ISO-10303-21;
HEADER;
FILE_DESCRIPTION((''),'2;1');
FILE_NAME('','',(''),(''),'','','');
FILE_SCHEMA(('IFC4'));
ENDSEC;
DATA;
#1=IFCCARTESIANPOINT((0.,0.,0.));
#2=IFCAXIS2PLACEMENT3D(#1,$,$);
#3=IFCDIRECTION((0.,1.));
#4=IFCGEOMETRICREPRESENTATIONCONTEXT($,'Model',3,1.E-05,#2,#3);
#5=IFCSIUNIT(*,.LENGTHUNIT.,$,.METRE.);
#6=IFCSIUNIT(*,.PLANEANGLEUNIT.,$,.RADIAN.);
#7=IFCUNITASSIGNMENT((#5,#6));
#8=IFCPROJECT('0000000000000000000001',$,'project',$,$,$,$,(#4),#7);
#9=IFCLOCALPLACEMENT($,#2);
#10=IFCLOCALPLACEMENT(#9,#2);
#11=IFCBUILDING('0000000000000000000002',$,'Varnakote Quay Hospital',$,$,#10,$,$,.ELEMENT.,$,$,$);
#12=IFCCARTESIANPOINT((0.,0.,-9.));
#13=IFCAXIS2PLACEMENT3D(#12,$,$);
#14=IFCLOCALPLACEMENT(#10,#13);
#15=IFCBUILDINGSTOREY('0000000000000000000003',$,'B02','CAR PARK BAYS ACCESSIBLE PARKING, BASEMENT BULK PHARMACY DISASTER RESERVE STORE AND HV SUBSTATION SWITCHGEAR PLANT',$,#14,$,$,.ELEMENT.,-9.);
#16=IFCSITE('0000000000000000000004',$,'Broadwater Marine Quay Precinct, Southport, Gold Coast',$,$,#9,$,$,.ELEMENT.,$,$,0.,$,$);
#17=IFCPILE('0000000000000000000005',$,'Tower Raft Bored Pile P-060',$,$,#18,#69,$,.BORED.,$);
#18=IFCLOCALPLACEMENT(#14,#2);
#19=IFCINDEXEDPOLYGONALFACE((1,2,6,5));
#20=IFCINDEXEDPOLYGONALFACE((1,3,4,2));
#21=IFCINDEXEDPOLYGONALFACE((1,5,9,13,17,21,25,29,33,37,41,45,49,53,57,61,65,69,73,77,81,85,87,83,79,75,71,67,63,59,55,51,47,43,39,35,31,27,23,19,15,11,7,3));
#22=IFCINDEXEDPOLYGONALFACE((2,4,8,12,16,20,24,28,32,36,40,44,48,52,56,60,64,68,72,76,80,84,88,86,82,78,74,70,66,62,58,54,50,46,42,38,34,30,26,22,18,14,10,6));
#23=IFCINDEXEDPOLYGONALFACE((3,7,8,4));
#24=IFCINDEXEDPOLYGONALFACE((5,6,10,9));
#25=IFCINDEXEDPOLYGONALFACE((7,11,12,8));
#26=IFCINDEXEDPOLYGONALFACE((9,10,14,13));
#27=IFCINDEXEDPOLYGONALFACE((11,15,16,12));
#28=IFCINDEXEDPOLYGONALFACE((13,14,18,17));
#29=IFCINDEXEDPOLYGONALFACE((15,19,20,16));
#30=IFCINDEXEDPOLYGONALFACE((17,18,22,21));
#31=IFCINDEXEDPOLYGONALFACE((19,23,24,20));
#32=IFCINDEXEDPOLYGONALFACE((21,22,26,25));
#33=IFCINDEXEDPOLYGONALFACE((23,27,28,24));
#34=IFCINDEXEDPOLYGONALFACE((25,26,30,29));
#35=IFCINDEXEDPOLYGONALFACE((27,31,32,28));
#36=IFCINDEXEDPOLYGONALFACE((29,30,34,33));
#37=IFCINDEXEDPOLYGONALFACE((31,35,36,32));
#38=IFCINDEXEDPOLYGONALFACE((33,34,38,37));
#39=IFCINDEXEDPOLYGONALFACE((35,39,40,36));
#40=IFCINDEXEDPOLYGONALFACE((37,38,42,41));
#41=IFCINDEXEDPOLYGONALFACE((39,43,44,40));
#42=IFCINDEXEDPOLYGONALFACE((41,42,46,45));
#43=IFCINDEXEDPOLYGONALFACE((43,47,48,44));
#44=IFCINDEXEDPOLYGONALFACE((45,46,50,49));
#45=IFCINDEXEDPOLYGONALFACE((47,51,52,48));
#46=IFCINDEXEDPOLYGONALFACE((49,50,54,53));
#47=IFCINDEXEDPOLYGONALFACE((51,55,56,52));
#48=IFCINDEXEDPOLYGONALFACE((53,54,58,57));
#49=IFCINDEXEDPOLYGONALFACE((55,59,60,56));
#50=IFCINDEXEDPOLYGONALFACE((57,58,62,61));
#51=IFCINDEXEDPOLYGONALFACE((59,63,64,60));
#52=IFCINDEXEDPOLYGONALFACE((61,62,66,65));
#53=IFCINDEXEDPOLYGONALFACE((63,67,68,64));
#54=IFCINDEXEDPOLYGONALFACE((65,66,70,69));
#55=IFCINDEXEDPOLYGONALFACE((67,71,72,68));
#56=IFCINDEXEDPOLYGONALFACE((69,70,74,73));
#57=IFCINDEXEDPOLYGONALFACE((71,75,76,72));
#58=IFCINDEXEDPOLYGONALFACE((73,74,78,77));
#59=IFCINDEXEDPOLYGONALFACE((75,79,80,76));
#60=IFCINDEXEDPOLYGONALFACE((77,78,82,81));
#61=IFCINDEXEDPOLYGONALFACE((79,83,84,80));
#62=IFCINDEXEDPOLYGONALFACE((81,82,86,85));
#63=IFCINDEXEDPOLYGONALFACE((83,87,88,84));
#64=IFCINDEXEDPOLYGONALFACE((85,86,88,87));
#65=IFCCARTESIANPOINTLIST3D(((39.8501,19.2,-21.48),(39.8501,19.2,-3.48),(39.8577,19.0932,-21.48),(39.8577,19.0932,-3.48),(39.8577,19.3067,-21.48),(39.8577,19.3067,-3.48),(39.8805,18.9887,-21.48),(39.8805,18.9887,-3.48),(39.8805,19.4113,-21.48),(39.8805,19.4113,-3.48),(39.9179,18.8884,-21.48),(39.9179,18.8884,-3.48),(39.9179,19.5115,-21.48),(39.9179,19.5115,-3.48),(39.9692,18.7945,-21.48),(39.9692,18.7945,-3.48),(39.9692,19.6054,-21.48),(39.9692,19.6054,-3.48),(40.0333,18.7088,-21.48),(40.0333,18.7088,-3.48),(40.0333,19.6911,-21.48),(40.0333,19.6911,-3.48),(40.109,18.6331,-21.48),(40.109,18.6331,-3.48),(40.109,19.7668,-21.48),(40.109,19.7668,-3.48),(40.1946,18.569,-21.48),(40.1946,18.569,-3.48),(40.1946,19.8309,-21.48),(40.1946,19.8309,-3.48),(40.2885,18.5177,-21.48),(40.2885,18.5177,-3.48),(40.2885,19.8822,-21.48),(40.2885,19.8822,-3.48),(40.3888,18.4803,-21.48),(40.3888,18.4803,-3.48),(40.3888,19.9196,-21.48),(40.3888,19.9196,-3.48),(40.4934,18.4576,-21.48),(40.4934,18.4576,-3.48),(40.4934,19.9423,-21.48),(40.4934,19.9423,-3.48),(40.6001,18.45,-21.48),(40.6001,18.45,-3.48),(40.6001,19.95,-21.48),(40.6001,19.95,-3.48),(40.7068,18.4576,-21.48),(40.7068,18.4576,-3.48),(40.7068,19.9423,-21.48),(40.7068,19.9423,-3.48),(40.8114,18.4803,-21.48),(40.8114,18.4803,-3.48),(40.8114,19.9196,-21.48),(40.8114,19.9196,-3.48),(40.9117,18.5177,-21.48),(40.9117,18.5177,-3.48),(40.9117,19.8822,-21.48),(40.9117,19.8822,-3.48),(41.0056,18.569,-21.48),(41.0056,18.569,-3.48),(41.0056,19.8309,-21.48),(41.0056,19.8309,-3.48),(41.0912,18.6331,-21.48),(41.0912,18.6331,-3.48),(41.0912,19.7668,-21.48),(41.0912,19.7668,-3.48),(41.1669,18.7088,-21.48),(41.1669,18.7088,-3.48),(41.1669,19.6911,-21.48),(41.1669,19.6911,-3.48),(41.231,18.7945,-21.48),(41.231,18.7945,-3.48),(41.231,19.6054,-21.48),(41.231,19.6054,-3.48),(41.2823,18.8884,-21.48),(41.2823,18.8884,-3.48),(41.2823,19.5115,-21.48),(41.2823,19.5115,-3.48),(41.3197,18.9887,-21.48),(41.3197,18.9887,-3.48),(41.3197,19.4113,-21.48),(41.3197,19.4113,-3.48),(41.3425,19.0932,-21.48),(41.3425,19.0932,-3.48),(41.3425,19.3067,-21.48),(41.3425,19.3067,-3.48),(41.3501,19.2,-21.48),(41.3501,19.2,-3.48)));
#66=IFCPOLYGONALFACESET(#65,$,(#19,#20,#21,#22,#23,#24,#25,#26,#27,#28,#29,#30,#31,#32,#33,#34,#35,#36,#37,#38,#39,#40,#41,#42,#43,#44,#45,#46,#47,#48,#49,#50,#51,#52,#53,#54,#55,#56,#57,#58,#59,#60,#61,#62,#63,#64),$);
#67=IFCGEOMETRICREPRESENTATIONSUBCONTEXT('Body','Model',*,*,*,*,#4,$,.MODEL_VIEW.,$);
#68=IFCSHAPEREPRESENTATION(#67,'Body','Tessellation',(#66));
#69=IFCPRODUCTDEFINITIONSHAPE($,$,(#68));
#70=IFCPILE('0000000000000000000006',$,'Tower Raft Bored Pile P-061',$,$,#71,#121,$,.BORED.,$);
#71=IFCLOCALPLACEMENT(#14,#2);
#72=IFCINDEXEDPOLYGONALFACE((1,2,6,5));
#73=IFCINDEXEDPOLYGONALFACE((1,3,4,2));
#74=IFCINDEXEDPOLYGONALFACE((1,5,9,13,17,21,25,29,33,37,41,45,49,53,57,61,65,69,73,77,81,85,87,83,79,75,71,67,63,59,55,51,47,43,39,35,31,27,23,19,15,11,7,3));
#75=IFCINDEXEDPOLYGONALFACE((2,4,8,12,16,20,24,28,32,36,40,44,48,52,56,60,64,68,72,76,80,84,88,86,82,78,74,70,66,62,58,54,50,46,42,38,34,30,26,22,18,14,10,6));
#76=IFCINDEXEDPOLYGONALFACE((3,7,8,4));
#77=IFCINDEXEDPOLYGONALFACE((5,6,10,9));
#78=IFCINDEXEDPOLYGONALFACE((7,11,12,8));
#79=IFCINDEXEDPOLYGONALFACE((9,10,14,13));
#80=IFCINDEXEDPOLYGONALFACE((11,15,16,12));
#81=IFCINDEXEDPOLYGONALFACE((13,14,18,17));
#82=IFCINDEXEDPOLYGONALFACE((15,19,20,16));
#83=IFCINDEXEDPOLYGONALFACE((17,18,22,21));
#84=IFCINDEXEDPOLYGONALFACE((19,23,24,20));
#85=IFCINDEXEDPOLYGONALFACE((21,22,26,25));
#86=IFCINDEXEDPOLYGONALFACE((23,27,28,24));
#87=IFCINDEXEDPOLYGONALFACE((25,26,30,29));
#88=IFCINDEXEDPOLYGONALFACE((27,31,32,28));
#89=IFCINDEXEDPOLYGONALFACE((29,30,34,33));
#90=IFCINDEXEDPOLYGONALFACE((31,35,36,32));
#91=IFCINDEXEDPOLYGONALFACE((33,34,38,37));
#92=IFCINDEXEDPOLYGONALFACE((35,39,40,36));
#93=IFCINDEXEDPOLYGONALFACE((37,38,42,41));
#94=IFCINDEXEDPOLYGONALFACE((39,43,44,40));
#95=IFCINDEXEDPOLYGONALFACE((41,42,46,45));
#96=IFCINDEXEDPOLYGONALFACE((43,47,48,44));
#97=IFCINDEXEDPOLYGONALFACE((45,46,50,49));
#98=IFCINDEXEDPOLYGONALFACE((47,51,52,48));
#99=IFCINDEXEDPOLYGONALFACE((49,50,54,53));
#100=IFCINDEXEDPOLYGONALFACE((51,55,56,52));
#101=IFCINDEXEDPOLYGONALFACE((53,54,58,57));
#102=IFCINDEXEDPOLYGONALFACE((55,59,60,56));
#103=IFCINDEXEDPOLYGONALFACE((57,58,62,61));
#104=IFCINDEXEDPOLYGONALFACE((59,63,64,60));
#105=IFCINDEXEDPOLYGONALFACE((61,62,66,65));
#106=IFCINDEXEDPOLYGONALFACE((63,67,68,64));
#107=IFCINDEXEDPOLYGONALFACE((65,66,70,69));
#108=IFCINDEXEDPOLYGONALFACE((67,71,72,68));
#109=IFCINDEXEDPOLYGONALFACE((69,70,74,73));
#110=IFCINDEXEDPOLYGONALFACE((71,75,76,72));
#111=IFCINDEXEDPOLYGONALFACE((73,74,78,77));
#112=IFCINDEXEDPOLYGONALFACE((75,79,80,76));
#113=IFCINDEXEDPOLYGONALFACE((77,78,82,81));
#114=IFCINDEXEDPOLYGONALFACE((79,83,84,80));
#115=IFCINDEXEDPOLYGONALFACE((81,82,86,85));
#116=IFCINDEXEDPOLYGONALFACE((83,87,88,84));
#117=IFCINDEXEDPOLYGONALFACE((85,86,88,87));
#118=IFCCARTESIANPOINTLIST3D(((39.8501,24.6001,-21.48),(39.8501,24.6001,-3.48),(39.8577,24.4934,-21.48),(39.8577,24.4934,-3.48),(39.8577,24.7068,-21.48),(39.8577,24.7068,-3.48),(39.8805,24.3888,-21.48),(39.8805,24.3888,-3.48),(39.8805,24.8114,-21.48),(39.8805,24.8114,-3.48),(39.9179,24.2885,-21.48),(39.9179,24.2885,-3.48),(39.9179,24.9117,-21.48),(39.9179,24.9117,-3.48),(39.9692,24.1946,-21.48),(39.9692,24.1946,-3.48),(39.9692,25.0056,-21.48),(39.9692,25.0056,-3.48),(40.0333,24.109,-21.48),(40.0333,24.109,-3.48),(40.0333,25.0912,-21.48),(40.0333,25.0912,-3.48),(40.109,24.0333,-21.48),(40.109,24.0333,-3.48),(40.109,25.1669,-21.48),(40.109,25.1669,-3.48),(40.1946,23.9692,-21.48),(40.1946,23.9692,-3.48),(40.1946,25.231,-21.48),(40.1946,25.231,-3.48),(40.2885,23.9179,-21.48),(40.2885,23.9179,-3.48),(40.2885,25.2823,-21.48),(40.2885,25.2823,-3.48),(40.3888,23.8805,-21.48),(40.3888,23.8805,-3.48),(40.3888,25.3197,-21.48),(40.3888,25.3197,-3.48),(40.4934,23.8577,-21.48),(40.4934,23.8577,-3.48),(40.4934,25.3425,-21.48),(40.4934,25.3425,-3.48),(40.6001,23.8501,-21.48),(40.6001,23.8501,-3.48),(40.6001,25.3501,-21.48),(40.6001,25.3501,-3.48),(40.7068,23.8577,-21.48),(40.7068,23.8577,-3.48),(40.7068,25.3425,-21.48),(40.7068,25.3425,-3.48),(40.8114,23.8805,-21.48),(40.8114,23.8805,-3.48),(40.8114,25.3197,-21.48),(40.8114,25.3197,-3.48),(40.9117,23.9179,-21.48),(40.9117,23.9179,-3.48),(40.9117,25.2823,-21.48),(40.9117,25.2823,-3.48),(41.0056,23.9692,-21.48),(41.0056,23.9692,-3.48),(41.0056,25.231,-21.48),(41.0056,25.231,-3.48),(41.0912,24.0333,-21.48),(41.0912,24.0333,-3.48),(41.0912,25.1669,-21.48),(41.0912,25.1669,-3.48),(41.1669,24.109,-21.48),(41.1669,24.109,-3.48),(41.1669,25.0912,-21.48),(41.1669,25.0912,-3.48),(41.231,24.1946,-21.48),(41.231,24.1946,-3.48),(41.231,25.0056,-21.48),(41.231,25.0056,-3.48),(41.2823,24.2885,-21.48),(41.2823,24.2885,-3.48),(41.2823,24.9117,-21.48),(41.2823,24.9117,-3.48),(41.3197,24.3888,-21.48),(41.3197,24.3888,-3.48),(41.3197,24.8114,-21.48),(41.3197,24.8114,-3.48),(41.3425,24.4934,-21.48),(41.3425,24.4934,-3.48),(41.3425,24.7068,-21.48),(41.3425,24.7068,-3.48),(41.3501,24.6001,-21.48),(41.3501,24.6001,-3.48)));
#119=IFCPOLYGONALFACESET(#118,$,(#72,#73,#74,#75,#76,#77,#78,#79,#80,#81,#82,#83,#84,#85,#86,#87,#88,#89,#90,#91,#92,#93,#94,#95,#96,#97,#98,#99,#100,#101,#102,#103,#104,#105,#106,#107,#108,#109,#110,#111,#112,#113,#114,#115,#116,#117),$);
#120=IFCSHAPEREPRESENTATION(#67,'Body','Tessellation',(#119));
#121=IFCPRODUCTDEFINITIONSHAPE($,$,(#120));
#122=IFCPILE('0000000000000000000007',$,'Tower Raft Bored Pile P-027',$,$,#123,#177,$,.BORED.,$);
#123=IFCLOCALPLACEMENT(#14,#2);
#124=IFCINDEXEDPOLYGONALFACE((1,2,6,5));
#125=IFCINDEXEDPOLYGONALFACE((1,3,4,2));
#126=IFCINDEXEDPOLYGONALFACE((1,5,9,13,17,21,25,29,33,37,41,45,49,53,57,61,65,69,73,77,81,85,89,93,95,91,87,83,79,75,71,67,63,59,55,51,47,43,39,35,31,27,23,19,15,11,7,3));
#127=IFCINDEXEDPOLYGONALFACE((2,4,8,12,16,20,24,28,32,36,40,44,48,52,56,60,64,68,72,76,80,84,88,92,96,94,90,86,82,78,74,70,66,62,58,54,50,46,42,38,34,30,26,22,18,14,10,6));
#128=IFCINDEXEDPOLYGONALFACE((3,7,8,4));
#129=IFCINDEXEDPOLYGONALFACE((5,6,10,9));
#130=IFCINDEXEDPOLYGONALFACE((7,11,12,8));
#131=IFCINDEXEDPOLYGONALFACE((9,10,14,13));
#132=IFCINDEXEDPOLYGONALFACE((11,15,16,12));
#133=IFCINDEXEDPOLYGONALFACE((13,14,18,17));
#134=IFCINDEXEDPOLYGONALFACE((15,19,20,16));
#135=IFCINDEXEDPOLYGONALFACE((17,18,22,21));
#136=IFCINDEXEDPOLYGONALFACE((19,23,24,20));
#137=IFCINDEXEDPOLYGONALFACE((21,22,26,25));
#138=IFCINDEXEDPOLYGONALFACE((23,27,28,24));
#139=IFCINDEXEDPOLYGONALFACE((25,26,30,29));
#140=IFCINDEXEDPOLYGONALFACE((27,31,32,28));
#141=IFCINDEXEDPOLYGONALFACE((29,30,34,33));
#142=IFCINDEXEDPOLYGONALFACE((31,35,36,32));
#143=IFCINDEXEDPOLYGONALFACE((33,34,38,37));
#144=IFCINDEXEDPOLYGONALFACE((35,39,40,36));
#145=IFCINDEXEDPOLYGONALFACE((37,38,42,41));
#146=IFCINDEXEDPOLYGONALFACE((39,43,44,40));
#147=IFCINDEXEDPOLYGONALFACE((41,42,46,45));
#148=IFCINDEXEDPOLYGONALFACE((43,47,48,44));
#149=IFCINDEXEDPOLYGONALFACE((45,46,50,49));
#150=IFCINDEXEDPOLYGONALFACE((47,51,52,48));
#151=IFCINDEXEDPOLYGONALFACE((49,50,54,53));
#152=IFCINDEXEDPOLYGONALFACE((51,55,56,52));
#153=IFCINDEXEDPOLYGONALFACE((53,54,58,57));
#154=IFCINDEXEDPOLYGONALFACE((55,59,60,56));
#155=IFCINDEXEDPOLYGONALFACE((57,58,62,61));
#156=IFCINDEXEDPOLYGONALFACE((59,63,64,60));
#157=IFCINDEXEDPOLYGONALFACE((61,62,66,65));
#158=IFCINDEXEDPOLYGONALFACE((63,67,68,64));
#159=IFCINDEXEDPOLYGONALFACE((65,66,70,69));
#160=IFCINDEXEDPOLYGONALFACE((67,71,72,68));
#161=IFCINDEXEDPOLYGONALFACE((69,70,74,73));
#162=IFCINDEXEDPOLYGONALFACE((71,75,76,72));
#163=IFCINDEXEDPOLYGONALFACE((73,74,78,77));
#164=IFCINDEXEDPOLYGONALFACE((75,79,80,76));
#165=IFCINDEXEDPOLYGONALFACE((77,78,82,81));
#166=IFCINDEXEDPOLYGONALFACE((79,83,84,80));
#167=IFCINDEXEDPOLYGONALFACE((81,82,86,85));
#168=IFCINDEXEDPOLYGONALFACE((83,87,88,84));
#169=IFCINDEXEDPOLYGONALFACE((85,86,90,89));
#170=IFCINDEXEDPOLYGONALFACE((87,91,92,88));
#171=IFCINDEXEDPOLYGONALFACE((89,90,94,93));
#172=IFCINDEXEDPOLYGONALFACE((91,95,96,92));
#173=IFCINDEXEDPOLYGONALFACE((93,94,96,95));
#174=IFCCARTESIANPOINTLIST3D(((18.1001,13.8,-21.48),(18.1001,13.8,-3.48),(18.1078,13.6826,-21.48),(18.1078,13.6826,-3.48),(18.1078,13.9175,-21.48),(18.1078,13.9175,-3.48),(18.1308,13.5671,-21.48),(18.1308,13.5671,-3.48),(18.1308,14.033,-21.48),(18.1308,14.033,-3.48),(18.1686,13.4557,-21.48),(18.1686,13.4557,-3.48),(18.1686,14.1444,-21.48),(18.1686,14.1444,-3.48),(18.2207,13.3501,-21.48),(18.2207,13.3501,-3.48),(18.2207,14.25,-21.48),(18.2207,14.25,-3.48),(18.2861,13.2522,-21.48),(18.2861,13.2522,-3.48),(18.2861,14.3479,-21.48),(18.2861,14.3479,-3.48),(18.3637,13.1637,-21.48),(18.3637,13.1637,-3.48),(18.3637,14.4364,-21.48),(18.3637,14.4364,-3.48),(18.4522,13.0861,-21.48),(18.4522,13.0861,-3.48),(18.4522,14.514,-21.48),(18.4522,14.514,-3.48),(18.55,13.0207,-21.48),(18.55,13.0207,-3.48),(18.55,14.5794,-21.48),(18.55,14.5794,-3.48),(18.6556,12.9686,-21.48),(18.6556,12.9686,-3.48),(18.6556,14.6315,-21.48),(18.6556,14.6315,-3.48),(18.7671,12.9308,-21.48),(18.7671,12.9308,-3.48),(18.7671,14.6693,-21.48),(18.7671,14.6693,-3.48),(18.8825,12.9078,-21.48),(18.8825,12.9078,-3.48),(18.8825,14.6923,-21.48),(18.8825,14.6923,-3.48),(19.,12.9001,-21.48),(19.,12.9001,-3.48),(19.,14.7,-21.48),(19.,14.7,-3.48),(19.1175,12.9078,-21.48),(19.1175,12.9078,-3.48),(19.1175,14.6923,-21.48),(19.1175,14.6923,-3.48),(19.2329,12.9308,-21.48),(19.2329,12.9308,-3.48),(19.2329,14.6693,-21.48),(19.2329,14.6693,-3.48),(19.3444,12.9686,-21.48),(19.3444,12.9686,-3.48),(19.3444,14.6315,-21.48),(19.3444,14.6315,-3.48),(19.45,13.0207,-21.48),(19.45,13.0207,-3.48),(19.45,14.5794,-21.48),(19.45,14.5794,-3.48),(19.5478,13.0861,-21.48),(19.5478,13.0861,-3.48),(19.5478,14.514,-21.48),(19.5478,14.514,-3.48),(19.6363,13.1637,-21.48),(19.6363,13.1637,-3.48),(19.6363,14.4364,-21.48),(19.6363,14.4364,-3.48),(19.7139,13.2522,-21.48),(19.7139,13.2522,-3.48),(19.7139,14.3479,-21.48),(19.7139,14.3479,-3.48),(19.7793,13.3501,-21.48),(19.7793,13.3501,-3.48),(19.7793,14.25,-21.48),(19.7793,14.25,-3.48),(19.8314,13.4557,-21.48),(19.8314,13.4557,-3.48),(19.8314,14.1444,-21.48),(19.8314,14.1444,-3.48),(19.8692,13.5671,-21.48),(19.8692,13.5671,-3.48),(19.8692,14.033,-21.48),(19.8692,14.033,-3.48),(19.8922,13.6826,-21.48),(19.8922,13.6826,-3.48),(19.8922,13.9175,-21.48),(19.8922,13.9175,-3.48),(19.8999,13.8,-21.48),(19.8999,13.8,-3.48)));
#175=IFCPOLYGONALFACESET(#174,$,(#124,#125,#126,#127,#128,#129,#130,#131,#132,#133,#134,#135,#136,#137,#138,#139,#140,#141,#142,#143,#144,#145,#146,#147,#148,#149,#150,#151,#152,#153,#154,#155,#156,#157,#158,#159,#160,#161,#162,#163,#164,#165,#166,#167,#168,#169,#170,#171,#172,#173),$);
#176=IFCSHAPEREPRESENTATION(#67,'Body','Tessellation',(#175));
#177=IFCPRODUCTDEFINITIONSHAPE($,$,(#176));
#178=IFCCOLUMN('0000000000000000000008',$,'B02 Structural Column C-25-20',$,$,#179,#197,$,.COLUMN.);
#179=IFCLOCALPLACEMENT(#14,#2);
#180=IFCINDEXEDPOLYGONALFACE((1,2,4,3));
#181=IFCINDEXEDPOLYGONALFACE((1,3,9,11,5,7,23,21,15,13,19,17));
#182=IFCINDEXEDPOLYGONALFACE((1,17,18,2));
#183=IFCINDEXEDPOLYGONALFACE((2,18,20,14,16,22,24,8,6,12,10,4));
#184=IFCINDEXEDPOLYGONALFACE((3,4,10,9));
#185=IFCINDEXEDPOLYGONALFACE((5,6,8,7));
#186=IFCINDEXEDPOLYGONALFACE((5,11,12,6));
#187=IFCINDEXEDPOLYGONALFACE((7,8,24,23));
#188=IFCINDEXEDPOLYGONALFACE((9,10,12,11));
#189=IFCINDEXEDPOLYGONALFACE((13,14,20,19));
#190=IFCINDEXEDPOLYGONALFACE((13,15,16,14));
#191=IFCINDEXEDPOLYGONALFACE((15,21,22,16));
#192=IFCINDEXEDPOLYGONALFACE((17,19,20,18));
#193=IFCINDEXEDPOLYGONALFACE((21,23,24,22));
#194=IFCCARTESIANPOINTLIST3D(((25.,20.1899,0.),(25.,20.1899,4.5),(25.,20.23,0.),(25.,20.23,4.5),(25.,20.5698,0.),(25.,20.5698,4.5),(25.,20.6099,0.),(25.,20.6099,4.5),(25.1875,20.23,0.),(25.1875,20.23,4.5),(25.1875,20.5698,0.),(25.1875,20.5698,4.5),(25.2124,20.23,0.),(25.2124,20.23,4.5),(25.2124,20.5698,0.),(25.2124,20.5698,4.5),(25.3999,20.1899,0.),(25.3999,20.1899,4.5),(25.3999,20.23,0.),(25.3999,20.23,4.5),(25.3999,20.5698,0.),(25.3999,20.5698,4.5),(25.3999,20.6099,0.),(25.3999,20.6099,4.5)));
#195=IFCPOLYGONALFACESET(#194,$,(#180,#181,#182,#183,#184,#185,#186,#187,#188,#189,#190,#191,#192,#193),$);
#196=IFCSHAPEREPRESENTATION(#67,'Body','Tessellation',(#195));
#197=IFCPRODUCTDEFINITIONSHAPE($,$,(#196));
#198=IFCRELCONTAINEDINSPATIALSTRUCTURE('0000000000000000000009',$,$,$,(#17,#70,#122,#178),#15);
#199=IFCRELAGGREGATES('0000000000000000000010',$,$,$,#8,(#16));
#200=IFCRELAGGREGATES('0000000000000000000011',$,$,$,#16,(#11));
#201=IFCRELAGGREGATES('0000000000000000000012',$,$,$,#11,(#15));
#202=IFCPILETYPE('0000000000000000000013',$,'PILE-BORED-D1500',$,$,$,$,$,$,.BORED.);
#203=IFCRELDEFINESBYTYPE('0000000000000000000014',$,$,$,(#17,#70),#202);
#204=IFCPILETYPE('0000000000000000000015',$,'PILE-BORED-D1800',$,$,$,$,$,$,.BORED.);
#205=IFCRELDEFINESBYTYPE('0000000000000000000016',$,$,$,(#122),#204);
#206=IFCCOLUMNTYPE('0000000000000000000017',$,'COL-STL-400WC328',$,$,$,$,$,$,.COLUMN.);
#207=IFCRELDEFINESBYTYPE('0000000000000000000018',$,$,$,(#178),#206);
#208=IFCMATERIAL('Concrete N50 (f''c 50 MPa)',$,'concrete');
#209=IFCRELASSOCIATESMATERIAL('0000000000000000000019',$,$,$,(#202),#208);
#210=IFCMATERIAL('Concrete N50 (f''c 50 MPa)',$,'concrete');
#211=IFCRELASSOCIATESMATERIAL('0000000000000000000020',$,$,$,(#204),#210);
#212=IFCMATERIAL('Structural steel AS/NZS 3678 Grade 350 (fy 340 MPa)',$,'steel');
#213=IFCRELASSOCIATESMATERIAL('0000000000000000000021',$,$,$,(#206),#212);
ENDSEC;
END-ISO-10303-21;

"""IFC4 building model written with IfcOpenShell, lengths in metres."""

from ifc_helpers import new_model, si_unit, direction, frame, origin, origin_2d, place, context, subcontext, project, spatial, circle, i_section, extrude, material, material_profile, profile_set, type_object, element, save


model = new_model("IFC4")

# Units and contexts
model_context = context("Model", 3, precision=1e-05, world=origin(), true_north=direction((0.0, 1.0)))
body_context = subcontext(model_context, "Body", "Model", "MODEL_VIEW")
ifc_project = project(units=[si_unit("LENGTHUNIT", "METRE"), si_unit("PLANEANGLEUNIT", "RADIAN")], contexts=[model_context])

# Site, building, storey
site_placement = place(None, origin())
site = spatial("IfcSite", under=ifc_project, at=site_placement, Name="Broadwater Marine Quay Precinct, Southport, Gold Coast", CompositionType="ELEMENT", RefElevation=0.0)
building_placement = place(site_placement, origin())
building = spatial("IfcBuilding", under=site, at=building_placement, Name="Varnakote Quay Hospital", CompositionType="ELEMENT")
storey_placement = place(building_placement, frame((0.0, 0.0, -9.0)))
storey = spatial("IfcBuildingStorey", under=building, at=storey_placement, Name="B02", Description="CAR PARK BAYS ACCESSIBLE PARKING, BASEMENT BULK PHARMACY DISASTER RESERVE STORE AND HV SUBSTATION SWITCHGEAR PLANT", CompositionType="ELEMENT", Elevation=-9.0)

# Piles
ifc_material_1 = material(Name="Concrete N50 (f'c 50 MPa)", Category="concrete")
ifc_material_profile_1 = material_profile(ifc_material_1, circle(Radius=0.75, at=origin_2d()), Name="PILE-D1500")
ifc_profile_set_1 = profile_set([ifc_material_profile_1], Name="Concrete N50 (f'c 50 MPa)")
pile_type_1 = type_object("IfcPileType", Name="PILE-BORED-D1500", PredefinedType="BORED", material=ifc_profile_set_1)
for number, where, z_axis, x_axis, name in (
    (1, (40.6001, 19.2, -3.48), (0.0, 0.0, -1.0), (1.0, 0.0, 0.0), "Tower Raft Bored Pile P-060"),
    (2, (40.6001, 24.6001, -3.48), (0.0, 0.0, -1.0), (1.0, 0.0, 0.0), "Tower Raft Bored Pile P-061"),
):
    element("IfcPile", number, at=place(storey_placement, frame(where, z_axis=z_axis, x_axis=x_axis)), inside=storey, type_object=pile_type_1, Name=name, PredefinedType="BORED", context=body_context, shape_type="SweptSolid", body=[
        extrude(circle(Radius=0.75, at=origin_2d()), origin(), (0.0, 0.0, 1.0), 18.0),
    ])
ifc_material_2 = material(Name="Concrete N50 (f'c 50 MPa)", Category="concrete")
ifc_material_profile_2 = material_profile(ifc_material_2, circle(Radius=0.8999, at=origin_2d()), Name="PILE-D1800")
ifc_profile_set_2 = profile_set([ifc_material_profile_2], Name="Concrete N50 (f'c 50 MPa)")
pile_type_2 = type_object("IfcPileType", Name="PILE-BORED-D1800", PredefinedType="BORED", material=ifc_profile_set_2)
pile_placement = place(storey_placement, frame((19.0, 13.8, -3.48), z_axis=(0.0, 0.0, -1.0), x_axis=(1.0, 0.0, 0.0)))
element("IfcPile", 3, at=pile_placement, inside=storey, type_object=pile_type_2, Name="Tower Raft Bored Pile P-027", PredefinedType="BORED", context=body_context, shape_type="SweptSolid", body=[
    extrude(circle(Radius=0.8999, at=origin_2d()), origin(), (0.0, 0.0, 1.0), 18.0),
])

# Column
ifc_material_3 = material(Name="Structural steel AS/NZS 3678 Grade 350 (fy 340 MPa)", Category="steel")
ifc_material_profile_3 = material_profile(ifc_material_3, i_section(OverallWidth=0.3999, OverallDepth=0.4199, WebThickness=0.0249, FlangeThickness=0.04, at=origin_2d()), Name="400WC328")
ifc_profile_set_3 = profile_set([ifc_material_profile_3], Name="Structural steel AS/NZS 3678 Grade 350 (fy 340 MPa)")
column_type_1 = type_object("IfcColumnType", Name="COL-STL-400WC328", PredefinedType="COLUMN", material=ifc_profile_set_3)
for number, where, z_axis, x_axis, name in (
    (4, (25.2, 20.3999, 0.0), (0.0, 0.0, 1.0), (1.0, 0.0, 0.0), "B02 Structural Column C-25-20"),
):
    element("IfcColumn", number, at=place(storey_placement, frame(where, z_axis=z_axis, x_axis=x_axis)), inside=storey, type_object=column_type_1, Name=name, PredefinedType="COLUMN", context=body_context, shape_type="SweptSolid", body=[
        extrude(i_section(OverallWidth=0.3999, OverallDepth=0.4199, WebThickness=0.0249, FlangeThickness=0.04, at=origin_2d()), origin(), (0.0, 0.0, 1.0), 4.5),
    ])

save(model, "model.ifc")
